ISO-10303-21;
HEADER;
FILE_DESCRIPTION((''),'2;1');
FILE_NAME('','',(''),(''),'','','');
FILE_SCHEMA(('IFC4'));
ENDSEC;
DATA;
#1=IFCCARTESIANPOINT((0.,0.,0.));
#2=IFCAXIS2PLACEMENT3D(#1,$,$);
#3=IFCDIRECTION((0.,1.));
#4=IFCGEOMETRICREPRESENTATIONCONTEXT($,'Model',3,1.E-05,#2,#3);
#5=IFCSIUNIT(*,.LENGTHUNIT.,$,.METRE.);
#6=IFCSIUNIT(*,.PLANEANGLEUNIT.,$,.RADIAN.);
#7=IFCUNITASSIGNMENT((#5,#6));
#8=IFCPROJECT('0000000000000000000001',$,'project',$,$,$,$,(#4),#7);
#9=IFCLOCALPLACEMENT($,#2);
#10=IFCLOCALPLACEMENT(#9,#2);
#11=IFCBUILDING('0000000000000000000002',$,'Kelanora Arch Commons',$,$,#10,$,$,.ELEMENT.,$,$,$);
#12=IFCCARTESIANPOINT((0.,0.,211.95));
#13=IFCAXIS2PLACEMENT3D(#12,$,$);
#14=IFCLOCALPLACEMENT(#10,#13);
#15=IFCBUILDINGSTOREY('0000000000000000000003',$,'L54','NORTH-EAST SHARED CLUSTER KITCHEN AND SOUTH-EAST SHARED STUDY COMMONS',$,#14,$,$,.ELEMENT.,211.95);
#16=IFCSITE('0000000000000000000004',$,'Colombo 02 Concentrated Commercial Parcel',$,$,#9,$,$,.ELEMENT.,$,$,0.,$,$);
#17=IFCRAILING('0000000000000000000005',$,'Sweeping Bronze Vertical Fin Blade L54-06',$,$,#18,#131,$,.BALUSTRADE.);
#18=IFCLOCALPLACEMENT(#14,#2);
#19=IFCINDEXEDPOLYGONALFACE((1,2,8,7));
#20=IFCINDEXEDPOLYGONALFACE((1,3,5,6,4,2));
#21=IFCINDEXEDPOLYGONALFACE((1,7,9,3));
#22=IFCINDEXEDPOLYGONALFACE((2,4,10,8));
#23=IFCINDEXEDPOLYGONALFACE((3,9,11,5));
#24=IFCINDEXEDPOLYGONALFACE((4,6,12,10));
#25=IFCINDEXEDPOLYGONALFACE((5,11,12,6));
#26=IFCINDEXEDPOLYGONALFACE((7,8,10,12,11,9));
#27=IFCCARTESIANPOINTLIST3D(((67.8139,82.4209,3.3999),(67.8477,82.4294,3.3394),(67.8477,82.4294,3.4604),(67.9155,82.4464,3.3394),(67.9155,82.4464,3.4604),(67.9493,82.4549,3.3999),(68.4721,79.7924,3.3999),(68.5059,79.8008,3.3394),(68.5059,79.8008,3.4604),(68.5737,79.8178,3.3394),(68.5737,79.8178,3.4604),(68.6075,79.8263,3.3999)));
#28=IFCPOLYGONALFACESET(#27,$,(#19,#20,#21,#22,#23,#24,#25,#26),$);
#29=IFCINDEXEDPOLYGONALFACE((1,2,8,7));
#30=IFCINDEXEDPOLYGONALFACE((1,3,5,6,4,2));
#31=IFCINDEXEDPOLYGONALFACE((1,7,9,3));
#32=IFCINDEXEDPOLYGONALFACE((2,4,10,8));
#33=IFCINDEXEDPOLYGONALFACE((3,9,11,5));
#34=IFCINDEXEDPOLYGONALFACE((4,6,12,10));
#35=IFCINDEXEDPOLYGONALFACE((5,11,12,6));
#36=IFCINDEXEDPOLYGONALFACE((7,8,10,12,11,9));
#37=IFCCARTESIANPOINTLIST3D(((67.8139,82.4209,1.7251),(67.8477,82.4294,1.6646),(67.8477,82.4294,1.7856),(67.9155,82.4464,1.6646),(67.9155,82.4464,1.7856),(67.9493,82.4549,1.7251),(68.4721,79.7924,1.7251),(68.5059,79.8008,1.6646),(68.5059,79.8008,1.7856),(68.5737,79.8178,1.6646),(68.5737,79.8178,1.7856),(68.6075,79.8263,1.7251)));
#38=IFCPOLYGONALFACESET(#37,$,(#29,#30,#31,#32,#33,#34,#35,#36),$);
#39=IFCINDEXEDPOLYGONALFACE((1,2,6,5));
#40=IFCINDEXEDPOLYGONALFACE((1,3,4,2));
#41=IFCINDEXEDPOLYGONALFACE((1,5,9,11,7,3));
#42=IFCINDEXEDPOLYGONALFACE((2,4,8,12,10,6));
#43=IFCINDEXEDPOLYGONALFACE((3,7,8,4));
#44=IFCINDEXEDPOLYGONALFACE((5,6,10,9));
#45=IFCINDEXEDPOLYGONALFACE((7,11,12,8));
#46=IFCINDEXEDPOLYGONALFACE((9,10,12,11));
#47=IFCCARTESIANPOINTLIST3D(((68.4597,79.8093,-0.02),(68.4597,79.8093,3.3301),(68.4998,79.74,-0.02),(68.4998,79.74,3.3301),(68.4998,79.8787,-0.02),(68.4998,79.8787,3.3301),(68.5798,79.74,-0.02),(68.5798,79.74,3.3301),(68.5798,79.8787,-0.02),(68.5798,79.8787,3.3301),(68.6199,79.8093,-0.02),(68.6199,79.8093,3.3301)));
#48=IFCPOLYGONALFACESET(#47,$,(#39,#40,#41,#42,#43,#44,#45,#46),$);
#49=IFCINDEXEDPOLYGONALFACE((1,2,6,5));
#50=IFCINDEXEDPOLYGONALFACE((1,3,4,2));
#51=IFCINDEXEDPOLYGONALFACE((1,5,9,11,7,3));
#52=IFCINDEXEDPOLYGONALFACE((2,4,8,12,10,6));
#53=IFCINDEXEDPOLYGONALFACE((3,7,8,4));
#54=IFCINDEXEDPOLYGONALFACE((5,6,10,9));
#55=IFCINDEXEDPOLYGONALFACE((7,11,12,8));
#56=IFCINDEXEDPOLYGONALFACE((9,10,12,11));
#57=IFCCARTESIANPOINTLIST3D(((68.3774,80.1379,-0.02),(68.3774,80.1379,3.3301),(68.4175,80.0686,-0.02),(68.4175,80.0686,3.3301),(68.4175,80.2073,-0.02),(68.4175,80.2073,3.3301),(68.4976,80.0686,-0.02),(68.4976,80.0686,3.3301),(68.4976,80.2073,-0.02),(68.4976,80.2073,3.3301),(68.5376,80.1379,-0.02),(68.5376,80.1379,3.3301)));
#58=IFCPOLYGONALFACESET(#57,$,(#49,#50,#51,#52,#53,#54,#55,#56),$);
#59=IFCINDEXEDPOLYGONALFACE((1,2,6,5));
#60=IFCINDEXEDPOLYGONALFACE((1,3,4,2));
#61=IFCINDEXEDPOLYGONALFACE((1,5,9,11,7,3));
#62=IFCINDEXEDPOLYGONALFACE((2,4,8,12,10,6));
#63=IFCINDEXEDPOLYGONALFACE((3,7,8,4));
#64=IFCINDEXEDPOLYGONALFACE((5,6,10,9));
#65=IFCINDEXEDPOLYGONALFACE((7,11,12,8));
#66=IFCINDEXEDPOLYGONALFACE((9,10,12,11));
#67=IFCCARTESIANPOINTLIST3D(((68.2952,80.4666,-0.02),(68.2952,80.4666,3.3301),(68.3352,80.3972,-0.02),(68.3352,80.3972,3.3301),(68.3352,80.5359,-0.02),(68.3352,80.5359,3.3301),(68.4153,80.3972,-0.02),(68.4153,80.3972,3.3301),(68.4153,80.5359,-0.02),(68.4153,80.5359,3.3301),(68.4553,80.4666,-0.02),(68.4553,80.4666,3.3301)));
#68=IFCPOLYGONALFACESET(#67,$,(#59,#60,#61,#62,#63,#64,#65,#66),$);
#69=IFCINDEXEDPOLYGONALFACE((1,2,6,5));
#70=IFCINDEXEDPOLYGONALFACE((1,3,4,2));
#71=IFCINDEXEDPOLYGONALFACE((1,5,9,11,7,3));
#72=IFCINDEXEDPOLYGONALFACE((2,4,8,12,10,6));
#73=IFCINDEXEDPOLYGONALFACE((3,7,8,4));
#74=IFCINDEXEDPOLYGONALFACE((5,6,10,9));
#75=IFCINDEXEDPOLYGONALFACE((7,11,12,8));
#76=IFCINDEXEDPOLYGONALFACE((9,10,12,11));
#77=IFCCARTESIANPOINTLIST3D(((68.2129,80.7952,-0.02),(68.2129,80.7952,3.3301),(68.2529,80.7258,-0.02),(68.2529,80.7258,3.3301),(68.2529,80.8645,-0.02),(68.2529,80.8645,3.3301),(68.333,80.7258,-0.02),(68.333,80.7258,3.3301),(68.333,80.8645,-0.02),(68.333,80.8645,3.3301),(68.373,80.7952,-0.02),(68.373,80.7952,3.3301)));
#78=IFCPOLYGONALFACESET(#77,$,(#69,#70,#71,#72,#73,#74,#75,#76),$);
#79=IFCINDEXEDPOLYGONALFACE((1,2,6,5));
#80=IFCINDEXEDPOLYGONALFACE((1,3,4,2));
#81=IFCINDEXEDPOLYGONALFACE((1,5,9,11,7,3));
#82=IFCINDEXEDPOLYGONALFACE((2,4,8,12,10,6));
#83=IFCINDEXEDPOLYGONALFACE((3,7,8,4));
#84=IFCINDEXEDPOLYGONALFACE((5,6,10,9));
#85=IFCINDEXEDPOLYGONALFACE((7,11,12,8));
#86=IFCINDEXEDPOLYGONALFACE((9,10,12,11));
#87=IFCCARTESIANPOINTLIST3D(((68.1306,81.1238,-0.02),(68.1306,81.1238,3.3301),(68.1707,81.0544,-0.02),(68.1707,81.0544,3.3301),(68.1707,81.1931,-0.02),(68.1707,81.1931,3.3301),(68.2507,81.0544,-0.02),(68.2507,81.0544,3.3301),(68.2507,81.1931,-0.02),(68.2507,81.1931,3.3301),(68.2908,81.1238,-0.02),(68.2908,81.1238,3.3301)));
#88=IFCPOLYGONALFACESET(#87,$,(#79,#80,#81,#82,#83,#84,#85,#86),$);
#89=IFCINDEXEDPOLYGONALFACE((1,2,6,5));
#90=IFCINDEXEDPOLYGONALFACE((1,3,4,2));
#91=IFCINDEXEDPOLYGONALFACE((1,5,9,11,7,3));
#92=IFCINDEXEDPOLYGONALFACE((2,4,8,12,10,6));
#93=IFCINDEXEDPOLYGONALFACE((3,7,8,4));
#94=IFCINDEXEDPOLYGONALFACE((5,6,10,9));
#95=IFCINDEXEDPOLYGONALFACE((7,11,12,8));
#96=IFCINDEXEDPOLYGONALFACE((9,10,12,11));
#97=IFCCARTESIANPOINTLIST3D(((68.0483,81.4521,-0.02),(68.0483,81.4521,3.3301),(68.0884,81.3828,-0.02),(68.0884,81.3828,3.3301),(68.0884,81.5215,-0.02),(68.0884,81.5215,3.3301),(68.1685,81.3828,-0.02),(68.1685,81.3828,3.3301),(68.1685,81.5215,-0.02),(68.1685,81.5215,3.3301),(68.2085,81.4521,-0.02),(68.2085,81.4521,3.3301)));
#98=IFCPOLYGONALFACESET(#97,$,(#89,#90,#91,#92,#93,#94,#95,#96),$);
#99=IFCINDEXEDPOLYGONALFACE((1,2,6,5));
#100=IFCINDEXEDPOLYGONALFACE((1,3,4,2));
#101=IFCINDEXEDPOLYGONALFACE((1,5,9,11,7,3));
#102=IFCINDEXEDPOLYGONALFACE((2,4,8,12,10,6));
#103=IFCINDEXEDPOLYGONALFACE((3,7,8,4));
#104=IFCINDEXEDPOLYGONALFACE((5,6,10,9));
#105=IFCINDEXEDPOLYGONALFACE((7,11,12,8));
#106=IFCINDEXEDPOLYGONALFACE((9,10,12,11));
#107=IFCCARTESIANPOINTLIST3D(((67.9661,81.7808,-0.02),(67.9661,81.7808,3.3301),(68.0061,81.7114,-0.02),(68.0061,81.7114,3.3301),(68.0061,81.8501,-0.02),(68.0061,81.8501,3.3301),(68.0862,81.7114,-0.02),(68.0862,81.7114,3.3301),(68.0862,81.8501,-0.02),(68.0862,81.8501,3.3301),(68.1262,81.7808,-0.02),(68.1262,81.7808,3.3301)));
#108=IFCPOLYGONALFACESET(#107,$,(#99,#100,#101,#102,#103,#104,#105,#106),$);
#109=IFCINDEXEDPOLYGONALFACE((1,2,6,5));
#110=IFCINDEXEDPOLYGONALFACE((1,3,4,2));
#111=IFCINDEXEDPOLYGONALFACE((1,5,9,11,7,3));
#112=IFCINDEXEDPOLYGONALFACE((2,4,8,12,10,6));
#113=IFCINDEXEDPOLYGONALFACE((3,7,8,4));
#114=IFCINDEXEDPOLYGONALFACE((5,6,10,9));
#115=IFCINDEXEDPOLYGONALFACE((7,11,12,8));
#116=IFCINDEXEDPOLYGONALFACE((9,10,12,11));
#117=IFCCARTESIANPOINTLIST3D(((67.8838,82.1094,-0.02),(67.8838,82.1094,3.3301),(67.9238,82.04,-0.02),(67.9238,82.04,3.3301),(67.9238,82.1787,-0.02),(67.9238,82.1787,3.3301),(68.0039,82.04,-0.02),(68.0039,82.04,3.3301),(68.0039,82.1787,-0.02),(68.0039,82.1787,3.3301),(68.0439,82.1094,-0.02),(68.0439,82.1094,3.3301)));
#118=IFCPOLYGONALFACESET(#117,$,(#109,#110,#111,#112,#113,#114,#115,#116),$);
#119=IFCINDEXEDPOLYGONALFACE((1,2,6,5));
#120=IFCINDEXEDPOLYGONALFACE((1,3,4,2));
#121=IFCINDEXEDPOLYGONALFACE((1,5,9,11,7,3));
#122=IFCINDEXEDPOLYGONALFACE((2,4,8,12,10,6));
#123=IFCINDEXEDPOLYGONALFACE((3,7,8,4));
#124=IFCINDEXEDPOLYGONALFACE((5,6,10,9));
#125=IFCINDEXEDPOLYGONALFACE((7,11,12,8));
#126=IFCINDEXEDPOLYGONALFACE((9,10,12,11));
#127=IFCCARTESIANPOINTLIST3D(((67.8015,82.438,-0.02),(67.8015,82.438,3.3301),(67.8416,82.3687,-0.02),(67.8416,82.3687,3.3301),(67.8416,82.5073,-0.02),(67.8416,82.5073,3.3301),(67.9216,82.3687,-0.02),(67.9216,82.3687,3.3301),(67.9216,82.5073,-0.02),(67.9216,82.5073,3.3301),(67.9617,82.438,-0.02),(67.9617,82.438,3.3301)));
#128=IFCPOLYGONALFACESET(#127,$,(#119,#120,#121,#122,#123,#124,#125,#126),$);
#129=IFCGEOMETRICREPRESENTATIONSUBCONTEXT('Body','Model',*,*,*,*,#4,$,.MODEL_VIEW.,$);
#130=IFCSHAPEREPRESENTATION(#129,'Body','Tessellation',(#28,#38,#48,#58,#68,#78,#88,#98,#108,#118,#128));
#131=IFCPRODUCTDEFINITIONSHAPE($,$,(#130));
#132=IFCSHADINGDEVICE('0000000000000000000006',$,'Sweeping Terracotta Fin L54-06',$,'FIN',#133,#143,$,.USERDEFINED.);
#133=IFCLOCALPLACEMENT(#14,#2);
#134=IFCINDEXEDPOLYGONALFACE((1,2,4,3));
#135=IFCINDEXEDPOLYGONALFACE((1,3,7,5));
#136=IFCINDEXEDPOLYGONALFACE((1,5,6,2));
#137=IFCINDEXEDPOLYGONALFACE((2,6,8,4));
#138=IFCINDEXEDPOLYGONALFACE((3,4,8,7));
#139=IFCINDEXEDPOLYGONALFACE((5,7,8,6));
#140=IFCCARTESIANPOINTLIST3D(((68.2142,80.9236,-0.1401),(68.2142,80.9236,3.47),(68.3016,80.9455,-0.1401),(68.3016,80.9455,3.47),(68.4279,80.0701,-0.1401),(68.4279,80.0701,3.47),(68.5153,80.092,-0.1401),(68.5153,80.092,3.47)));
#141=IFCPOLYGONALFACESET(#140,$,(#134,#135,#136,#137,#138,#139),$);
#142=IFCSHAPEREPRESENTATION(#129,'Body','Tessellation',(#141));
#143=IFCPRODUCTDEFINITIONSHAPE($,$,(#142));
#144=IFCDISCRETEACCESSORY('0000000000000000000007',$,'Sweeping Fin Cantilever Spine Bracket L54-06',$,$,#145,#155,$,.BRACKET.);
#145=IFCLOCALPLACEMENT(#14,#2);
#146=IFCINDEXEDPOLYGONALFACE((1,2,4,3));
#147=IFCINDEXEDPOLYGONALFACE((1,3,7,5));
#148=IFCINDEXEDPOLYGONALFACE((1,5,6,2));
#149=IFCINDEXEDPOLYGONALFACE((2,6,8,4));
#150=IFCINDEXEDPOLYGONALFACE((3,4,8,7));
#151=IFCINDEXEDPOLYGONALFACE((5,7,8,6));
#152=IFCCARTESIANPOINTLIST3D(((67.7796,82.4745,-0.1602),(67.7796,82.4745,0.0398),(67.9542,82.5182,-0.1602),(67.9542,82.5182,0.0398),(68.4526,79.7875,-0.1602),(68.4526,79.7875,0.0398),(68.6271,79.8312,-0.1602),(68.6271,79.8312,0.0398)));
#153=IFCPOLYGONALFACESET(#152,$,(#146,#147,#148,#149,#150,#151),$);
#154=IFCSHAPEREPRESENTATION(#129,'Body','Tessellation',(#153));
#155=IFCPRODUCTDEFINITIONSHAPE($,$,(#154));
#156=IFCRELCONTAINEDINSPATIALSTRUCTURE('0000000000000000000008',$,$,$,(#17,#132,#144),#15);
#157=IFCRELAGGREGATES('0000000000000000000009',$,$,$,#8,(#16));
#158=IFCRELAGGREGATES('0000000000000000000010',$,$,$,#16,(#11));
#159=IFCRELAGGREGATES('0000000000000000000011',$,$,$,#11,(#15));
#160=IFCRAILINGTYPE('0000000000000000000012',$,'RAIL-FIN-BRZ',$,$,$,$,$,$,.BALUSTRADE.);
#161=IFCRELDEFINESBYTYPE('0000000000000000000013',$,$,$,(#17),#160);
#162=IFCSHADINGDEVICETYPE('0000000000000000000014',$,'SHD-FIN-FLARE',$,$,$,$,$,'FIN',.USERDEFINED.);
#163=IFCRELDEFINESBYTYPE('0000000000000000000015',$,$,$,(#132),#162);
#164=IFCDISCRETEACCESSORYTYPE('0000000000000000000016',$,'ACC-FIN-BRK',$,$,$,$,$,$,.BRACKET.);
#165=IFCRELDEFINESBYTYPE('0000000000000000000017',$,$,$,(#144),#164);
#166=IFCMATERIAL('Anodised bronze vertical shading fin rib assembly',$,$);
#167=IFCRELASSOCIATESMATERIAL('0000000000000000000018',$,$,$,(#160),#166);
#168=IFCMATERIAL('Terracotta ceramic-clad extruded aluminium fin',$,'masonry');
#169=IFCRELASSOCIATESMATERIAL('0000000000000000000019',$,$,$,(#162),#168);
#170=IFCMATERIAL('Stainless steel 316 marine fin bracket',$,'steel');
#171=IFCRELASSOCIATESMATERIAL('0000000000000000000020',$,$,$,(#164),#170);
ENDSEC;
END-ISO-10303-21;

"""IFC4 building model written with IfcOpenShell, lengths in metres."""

from ifc_helpers import new_model, si_unit, direction, frame, origin, origin_2d, place, context, subcontext, project, spatial, polyline, rectangle, outline, extrude, source, transform, mapped, material, type_object, element, save


model = new_model("IFC4")

# Units and contexts
model_context = context("Model", 3, precision=1e-05, world=origin(), true_north=direction((0.0, 1.0)))
body_context = subcontext(model_context, "Body", "Model", "MODEL_VIEW")
ifc_project = project(units=[si_unit("LENGTHUNIT", "METRE"), si_unit("PLANEANGLEUNIT", "RADIAN")], contexts=[model_context])

# Site, building, storey
site_placement = place(None, origin())
site = spatial("IfcSite", under=ifc_project, at=site_placement, Name="Colombo 02 Concentrated Commercial Parcel", CompositionType="ELEMENT", RefElevation=0.0)
building_placement = place(site_placement, origin())
building = spatial("IfcBuilding", under=site, at=building_placement, Name="Kelanora Arch Commons", CompositionType="ELEMENT")
storey_placement = place(building_placement, frame((0.0, 0.0, 211.95)))
storey = spatial("IfcBuildingStorey", under=building, at=storey_placement, Name="L54", Description="NORTH-EAST SHARED CLUSTER KITCHEN AND SOUTH-EAST SHARED STUDY COMMONS", CompositionType="ELEMENT", Elevation=211.95)

# Railing
ifc_material_1 = material(Name="Anodised bronze vertical shading fin rib assembly")
railing_type = type_object("IfcRailingType", Name="RAIL-FIN-BRZ", PredefinedType="BALUSTRADE", material=ifc_material_1)
railing_placement = place(storey_placement, frame((68.5398, 79.8093, -0.02)))
element("IfcRailing", 1, at=railing_placement, inside=storey, type_object=railing_type, Name="Sweeping Bronze Vertical Fin Blade L54-06", PredefinedType="BALUSTRADE", context=body_context, shape_type="SweptSolid", body=[
    extrude(outline(polyline([(0.0698, 0.0), (0.0349, 0.0605), (-0.0349, 0.0605), (-0.0698, 0.0), (-0.0349, -0.0605), (0.0349, -0.0605), (0.0698, 0.0)])), frame((0.0, 0.0, 3.4199), z_axis=(-0.242896, 0.970052, 0.0), x_axis=(-0.970052, -0.242896, 0.0)), (0.0, 0.0, 1.0), 2.7097),
    extrude(outline(polyline([(0.0698, 0.0), (0.0349, 0.0605), (-0.0349, 0.0605), (-0.0698, 0.0), (-0.0349, -0.0605), (0.0349, -0.0605), (0.0698, 0.0)])), frame((0.0, 0.0, 1.7451), z_axis=(-0.242896, 0.970052, 0.0), x_axis=(-0.970052, -0.242896, 0.0)), (0.0, 0.0, 1.0), 2.7097),
    extrude(outline(polyline([(0.0801, 0.0), (0.04, 0.0693), (-0.04, 0.0693), (-0.0801, 0.0), (-0.04, -0.0693), (0.04, -0.0693), (0.0801, 0.0)])), origin(), (0.0, 0.0, 1.0), 3.3501),
    extrude(outline(polyline([(0.0801, 0.0), (0.04, 0.0693), (-0.04, 0.0693), (-0.0801, 0.0), (-0.04, -0.0693), (0.04, -0.0693), (0.0801, 0.0)])), frame((-0.0823, 0.3286, 0.0)), (0.0, 0.0, 1.0), 3.3501),
    extrude(outline(polyline([(0.0801, 0.0), (0.04, 0.0693), (-0.04, 0.0693), (-0.0801, 0.0), (-0.04, -0.0693), (0.04, -0.0693), (0.0801, 0.0)])), frame((-0.1646, 0.6572, 0.0)), (0.0, 0.0, 1.0), 3.3501),
    extrude(outline(polyline([(0.0801, 0.0), (0.04, 0.0693), (-0.04, 0.0693), (-0.0801, 0.0), (-0.04, -0.0693), (0.04, -0.0693), (0.0801, 0.0)])), frame((-0.2468, 0.9858, 0.0)), (0.0, 0.0, 1.0), 3.3501),
    extrude(outline(polyline([(0.0801, 0.0), (0.04, 0.0693), (-0.04, 0.0693), (-0.0801, 0.0), (-0.04, -0.0693), (0.04, -0.0693), (0.0801, 0.0)])), frame((-0.3291, 1.3145, 0.0)), (0.0, 0.0, 1.0), 3.3501),
    extrude(outline(polyline([(0.0801, 0.0), (0.04, 0.0693), (-0.04, 0.0693), (-0.0801, 0.0), (-0.04, -0.0693), (0.04, -0.0693), (0.0801, 0.0)])), frame((-0.4114, 1.6428, 0.0)), (0.0, 0.0, 1.0), 3.3501),
    extrude(outline(polyline([(0.0801, 0.0), (0.04, 0.0693), (-0.04, 0.0693), (-0.0801, 0.0), (-0.04, -0.0693), (0.04, -0.0693), (0.0801, 0.0)])), frame((-0.4937, 1.9714, 0.0)), (0.0, 0.0, 1.0), 3.3501),
    extrude(outline(polyline([(0.0801, 0.0), (0.04, 0.0693), (-0.04, 0.0693), (-0.0801, 0.0), (-0.04, -0.0693), (0.04, -0.0693), (0.0801, 0.0)])), frame((-0.5759, 2.3, 0.0)), (0.0, 0.0, 1.0), 3.3501),
    extrude(outline(polyline([(0.0801, 0.0), (0.04, 0.0693), (-0.04, 0.0693), (-0.0801, 0.0), (-0.04, -0.0693), (0.04, -0.0693), (0.0801, 0.0)])), frame((-0.6582, 2.6287, 0.0)), (0.0, 0.0, 1.0), 3.3501),
])

# Shading device
ifc_material_2 = material(Name="Terracotta ceramic-clad extruded aluminium fin", Category="masonry")
shading_device_type = type_object("IfcShadingDeviceType", Name="SHD-FIN-FLARE", ElementType="FIN", PredefinedType="USERDEFINED", material=ifc_material_2)
shared_shape_1 = source(origin(), body_context, "Body", "SweptSolid", [
    extrude(rectangle(XDim=0.8799, YDim=0.0901, at=origin_2d()), origin(), (0.0, 0.0, 1.0), 3.6101),
])
shading_device_placement = place(storey_placement, frame((68.3647, 80.5078, -0.1401), z_axis=(0.0, 0.0, 1.0), x_axis=(-0.242938, 0.970042, 0.0)))
element("IfcShadingDevice", 2, at=shading_device_placement, inside=storey, type_object=shading_device_type, Name="Sweeping Terracotta Fin L54-06", ObjectType="FIN", PredefinedType="USERDEFINED", context=body_context, shape_type="MappedRepresentation", body=[
    mapped(shared_shape_1, transform((0.0, 0.0, 0.0), scale=1.0)),
])

# Discrete accessory
ifc_material_3 = material(Name="Stainless steel 316 marine fin bracket", Category="steel")
discrete_accessory_type = type_object("IfcDiscreteAccessoryType", Name="ACC-FIN-BRK", PredefinedType="BRACKET", material=ifc_material_3)
shared_shape_2 = source(origin(), body_context, "Body", "SweptSolid", [
    extrude(rectangle(XDim=2.77, YDim=0.1799, at=origin_2d()), origin(), (0.0, 0.0, 1.0), 0.2),
])
discrete_accessory_placement = place(storey_placement, frame((68.2034, 81.1528, -0.1602), z_axis=(0.0, 0.0, 1.0), x_axis=(-0.242938, 0.970042, 0.0)))
element("IfcDiscreteAccessory", 3, at=discrete_accessory_placement, inside=storey, type_object=discrete_accessory_type, Name="Sweeping Fin Cantilever Spine Bracket L54-06", PredefinedType="BRACKET", context=body_context, shape_type="MappedRepresentation", body=[
    mapped(shared_shape_2, transform((0.0, 0.0, 0.0), scale=1.0)),
])

save(model, "model.ifc")
